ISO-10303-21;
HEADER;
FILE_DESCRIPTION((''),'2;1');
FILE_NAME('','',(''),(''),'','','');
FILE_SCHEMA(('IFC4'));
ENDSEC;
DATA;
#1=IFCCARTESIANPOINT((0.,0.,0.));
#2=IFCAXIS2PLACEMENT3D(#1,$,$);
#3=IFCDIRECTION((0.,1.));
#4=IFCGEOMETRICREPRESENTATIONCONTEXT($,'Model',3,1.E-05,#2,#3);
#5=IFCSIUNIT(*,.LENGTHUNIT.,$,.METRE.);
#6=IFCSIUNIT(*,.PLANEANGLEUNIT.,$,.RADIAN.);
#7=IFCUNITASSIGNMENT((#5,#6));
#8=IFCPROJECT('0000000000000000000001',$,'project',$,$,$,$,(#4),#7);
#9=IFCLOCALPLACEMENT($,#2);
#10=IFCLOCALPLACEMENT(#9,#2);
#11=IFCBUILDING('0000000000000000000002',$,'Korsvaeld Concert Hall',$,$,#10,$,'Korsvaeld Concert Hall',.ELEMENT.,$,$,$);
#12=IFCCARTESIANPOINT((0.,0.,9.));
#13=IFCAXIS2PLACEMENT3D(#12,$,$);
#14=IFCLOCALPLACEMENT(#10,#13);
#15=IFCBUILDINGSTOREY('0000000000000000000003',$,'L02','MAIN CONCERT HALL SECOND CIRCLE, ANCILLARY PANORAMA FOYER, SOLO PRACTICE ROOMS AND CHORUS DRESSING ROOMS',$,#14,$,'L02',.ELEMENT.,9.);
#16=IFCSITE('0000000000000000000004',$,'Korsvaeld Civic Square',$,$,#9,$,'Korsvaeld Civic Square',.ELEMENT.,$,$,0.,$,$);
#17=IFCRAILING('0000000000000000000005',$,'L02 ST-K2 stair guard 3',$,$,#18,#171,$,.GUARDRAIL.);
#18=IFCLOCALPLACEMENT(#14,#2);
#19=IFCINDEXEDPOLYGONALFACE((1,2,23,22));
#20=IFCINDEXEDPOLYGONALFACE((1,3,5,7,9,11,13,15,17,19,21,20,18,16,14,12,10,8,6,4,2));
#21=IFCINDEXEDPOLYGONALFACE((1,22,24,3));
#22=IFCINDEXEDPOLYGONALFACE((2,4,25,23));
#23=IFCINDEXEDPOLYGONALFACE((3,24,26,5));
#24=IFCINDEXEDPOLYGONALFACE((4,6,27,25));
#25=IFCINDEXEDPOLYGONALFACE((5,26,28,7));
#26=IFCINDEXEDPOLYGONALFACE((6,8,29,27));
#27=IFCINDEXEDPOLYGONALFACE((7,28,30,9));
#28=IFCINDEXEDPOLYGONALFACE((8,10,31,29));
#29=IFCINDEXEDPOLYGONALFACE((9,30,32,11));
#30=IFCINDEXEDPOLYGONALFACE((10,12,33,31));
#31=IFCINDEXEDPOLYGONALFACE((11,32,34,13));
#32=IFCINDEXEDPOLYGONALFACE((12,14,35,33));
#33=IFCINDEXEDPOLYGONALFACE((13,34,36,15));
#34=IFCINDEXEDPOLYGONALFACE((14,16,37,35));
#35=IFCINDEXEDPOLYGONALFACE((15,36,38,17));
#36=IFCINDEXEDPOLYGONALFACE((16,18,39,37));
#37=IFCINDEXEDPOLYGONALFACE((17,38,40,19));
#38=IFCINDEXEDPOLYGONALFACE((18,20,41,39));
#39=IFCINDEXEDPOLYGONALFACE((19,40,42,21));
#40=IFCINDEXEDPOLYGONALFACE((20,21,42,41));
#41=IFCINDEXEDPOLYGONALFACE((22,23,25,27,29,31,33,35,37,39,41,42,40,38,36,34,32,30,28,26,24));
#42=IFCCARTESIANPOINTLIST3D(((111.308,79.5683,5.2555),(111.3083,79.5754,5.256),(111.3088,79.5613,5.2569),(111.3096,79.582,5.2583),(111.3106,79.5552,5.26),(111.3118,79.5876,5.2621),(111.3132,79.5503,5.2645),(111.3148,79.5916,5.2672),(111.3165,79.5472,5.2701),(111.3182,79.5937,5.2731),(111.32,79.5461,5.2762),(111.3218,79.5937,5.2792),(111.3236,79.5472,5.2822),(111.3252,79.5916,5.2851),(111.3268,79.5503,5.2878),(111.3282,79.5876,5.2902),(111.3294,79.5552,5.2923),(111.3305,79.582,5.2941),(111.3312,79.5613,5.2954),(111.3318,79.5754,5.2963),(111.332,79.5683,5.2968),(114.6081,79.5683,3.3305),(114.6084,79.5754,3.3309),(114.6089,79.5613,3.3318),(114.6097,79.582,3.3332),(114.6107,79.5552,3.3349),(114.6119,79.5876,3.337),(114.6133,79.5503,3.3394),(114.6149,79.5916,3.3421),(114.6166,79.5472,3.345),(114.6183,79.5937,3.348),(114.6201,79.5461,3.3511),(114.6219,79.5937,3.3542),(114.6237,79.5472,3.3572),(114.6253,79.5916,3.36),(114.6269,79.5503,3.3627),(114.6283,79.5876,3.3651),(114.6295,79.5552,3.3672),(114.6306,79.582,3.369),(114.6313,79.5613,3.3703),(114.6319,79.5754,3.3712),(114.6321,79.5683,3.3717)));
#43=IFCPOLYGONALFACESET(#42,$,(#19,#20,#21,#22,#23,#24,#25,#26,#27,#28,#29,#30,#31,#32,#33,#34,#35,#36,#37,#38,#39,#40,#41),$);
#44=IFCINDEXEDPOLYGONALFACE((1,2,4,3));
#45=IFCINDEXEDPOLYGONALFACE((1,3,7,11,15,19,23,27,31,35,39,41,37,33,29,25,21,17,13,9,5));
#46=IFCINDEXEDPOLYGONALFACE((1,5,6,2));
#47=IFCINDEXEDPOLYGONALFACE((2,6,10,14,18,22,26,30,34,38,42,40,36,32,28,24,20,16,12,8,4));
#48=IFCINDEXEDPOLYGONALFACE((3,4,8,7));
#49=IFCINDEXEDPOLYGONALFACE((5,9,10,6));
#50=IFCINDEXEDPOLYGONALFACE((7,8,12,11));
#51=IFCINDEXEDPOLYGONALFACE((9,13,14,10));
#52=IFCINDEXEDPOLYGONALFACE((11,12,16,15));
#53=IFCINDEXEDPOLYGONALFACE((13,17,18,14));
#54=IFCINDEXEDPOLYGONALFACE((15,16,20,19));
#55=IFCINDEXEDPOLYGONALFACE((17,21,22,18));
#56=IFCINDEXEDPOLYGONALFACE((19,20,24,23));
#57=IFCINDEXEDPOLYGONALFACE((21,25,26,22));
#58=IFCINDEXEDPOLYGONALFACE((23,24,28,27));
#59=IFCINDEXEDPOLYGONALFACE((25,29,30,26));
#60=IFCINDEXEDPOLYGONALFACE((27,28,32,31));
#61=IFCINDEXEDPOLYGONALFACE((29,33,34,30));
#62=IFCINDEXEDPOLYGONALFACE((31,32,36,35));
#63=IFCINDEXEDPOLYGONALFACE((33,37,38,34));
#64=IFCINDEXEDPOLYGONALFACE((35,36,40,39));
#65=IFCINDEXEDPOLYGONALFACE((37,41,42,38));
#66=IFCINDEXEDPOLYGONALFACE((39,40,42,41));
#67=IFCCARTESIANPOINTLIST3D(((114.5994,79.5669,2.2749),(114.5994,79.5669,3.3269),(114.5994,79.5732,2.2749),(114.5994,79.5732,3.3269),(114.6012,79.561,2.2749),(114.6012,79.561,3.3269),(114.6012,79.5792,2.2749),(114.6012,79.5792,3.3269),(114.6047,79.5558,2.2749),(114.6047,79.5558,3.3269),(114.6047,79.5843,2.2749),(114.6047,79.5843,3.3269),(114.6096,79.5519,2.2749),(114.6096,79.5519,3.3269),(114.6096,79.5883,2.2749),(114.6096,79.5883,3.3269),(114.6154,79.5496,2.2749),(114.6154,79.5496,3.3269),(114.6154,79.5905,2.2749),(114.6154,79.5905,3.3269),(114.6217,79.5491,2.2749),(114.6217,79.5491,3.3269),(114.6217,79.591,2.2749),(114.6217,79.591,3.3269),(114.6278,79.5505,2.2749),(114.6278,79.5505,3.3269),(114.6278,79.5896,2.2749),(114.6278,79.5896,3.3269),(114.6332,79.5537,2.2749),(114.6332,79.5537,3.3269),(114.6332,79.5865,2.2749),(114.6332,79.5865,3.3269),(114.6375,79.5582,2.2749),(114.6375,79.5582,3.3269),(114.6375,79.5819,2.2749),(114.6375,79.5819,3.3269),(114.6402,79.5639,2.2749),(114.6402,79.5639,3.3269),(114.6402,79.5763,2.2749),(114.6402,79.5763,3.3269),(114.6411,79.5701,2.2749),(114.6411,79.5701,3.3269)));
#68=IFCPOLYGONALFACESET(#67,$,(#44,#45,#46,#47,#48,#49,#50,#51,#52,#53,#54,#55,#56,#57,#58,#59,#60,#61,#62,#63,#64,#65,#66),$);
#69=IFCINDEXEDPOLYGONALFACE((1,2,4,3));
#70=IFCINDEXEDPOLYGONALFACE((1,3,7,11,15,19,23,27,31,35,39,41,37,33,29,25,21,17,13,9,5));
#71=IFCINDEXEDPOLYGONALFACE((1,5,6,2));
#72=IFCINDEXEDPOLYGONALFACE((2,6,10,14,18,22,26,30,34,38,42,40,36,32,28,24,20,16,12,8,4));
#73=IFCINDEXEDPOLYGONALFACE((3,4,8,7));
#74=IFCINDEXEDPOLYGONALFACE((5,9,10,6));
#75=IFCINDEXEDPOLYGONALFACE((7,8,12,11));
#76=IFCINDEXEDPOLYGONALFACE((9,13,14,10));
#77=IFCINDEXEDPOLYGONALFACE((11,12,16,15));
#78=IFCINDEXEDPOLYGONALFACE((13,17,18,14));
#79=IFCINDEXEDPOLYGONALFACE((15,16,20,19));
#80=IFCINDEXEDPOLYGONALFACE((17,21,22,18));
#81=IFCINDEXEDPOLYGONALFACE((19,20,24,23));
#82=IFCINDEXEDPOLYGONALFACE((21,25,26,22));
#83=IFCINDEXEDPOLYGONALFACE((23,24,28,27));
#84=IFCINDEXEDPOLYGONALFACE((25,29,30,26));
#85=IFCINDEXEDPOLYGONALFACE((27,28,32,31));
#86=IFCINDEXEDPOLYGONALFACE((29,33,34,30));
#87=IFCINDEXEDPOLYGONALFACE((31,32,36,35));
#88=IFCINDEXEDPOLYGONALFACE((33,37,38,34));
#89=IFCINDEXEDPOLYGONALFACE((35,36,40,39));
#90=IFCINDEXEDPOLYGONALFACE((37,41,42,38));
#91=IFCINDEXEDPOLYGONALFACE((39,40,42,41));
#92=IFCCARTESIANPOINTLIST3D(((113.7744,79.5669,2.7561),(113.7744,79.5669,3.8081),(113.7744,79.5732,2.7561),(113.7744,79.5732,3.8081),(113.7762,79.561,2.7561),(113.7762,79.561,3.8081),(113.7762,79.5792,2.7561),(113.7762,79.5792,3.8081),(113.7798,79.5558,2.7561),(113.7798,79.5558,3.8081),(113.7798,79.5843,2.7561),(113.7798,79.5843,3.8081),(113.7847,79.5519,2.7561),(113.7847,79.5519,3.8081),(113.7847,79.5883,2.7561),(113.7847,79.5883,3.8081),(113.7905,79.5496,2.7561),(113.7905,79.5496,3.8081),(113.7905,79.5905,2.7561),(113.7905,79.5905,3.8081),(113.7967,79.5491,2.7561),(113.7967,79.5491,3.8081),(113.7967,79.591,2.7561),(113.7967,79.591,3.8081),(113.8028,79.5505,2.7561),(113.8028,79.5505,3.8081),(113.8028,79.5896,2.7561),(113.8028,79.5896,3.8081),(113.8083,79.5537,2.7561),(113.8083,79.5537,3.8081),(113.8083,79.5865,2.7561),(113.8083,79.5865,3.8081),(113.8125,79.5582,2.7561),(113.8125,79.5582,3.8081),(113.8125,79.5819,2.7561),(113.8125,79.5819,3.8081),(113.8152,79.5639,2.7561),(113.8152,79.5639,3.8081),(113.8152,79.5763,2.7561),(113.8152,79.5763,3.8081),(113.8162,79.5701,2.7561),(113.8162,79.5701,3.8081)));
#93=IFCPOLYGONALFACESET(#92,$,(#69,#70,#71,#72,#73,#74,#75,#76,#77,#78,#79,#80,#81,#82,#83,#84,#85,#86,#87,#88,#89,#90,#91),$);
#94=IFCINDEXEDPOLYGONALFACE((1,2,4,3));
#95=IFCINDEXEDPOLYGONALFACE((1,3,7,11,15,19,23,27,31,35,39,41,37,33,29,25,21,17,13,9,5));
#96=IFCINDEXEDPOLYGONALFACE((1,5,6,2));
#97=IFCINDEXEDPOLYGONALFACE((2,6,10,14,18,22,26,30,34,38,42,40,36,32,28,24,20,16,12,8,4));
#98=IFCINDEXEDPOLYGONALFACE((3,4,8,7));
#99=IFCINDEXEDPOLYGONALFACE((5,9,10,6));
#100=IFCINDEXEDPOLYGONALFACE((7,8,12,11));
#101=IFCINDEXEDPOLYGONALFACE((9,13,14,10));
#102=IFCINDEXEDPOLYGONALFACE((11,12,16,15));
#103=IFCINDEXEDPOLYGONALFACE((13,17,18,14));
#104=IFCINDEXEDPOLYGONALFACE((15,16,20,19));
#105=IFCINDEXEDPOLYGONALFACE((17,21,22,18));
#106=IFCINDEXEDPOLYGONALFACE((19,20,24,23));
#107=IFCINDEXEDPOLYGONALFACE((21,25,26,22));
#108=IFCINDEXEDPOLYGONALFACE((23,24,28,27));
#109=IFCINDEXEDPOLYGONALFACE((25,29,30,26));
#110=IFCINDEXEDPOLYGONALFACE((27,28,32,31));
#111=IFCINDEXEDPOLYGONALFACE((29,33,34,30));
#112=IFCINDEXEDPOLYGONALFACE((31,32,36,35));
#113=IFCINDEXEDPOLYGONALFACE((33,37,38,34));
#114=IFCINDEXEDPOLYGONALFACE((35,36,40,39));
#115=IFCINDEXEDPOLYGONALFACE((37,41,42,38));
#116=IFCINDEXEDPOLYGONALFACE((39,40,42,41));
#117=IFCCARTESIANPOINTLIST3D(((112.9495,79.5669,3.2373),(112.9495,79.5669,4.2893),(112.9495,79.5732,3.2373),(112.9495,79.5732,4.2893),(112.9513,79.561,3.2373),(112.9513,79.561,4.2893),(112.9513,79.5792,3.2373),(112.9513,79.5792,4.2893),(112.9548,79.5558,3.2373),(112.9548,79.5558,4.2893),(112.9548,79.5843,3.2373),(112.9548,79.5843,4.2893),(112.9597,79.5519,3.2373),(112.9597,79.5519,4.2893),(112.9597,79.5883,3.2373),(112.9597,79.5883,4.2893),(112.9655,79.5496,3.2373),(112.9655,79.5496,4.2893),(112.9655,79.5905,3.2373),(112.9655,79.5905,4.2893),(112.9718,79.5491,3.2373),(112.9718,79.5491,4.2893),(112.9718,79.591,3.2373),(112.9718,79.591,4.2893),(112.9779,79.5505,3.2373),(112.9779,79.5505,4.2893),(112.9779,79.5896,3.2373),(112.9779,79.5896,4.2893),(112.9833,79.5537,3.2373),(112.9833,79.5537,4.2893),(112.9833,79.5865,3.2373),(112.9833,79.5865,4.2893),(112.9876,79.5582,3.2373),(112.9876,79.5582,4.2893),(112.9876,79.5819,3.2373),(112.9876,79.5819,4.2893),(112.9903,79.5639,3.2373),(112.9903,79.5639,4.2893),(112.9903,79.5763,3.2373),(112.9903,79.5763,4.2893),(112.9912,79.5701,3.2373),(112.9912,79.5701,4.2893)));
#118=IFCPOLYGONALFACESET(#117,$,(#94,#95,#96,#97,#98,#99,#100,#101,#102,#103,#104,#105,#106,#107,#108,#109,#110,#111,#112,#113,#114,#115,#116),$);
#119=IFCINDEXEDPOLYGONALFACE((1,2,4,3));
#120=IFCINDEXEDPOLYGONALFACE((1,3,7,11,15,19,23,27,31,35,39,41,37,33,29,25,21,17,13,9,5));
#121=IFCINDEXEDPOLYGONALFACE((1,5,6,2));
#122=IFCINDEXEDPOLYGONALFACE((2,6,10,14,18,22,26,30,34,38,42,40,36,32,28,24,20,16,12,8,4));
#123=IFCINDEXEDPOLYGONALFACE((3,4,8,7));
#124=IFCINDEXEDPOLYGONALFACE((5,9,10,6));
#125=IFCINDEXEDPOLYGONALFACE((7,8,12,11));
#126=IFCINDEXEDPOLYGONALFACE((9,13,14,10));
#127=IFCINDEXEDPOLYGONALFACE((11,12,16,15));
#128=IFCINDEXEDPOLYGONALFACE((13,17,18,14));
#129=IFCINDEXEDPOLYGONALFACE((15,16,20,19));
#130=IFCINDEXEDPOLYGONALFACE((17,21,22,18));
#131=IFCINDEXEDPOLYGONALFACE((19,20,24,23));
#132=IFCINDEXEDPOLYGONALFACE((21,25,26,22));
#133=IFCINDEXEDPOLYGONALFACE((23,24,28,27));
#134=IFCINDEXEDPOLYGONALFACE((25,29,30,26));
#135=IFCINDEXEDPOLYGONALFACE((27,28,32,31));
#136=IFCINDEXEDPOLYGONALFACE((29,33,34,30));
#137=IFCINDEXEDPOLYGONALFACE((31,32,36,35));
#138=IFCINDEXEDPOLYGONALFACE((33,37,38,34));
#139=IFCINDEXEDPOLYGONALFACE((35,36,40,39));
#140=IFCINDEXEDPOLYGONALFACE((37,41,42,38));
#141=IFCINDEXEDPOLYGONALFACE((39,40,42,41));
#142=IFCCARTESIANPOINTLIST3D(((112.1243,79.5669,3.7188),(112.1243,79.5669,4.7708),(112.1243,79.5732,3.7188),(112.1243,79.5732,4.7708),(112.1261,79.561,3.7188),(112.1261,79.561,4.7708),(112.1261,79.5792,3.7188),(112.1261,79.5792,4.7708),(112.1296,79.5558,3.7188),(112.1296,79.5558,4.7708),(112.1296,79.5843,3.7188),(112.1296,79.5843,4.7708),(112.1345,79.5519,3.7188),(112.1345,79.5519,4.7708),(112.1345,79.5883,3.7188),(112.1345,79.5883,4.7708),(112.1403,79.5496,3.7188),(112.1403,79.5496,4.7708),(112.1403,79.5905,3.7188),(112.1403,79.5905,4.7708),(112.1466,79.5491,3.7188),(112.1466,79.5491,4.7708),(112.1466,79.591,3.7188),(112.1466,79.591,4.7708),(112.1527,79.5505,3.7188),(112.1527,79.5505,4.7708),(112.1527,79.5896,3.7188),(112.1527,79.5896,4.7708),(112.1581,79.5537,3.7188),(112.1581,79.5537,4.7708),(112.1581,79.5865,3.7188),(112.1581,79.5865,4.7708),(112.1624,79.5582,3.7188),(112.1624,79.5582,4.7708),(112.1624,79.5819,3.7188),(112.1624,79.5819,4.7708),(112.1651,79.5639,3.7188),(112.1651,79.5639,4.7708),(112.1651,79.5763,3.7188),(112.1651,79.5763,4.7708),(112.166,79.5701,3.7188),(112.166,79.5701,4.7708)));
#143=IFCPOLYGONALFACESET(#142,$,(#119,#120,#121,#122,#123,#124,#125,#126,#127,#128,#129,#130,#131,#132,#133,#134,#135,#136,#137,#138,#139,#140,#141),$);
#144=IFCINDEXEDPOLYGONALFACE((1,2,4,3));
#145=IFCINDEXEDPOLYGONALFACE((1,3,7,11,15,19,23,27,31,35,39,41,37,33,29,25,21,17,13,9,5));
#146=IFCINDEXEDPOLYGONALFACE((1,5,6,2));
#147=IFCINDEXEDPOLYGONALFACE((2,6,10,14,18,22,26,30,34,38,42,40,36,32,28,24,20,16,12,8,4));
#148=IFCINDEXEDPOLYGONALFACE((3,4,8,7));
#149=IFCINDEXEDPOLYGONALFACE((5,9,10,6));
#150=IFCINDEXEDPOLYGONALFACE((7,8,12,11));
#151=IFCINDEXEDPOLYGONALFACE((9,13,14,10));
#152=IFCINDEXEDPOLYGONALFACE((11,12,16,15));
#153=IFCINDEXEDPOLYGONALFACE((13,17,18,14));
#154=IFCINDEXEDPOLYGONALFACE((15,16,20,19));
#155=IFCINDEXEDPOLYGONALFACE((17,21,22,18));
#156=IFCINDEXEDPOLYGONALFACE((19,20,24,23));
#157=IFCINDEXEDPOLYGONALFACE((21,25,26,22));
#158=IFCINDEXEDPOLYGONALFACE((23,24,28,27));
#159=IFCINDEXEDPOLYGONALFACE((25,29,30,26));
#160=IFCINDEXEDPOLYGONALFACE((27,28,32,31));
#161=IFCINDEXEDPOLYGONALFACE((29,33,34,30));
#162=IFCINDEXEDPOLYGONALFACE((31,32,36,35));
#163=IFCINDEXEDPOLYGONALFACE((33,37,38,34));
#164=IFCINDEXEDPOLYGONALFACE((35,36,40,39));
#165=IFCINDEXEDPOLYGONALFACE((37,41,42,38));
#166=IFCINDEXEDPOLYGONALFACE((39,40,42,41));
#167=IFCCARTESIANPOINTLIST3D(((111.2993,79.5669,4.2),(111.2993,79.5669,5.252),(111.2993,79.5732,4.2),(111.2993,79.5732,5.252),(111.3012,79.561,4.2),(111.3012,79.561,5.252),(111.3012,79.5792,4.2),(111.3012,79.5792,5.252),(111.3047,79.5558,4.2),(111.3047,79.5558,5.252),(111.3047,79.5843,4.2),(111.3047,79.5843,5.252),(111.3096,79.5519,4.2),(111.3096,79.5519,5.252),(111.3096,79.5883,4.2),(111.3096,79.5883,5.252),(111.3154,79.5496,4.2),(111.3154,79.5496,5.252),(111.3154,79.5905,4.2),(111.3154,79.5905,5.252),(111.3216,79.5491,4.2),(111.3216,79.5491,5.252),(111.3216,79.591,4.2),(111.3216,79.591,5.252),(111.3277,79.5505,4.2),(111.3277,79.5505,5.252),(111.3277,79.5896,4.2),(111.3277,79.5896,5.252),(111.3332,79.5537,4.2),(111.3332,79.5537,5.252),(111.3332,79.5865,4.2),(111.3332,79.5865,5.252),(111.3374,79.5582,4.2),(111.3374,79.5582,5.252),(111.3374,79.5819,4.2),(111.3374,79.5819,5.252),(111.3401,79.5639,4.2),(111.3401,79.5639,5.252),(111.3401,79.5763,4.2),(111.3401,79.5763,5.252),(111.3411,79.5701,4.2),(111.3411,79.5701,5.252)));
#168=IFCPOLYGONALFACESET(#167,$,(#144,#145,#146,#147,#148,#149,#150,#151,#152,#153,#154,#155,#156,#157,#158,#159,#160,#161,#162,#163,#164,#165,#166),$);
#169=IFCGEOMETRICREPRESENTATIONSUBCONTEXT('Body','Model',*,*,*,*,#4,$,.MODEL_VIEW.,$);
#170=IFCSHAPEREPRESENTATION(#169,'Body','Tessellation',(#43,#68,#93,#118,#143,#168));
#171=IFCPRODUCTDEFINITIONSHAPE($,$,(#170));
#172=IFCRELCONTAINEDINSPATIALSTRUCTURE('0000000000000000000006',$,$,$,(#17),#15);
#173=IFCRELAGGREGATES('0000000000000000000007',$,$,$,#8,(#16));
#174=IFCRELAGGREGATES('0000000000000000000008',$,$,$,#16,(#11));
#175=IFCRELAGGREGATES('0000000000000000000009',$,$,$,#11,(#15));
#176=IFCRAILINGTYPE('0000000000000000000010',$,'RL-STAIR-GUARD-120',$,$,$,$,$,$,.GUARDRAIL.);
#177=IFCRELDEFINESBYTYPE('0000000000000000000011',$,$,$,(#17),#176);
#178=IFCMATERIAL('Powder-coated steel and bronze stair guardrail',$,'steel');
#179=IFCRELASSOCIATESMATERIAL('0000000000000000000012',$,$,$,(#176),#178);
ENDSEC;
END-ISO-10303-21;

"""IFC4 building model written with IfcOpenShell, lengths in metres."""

from ifc_helpers import new_model, si_unit, direction, frame, origin, origin_2d, place, context, subcontext, project, spatial, circle, extrude, material, type_object, element, save


model = new_model("IFC4")

# Units and contexts
model_context = context("Model", 3, precision=1e-05, world=origin(), true_north=direction((0.0, 1.0)))
body_context = subcontext(model_context, "Body", "Model", "MODEL_VIEW")
ifc_project = project(units=[si_unit("LENGTHUNIT", "METRE"), si_unit("PLANEANGLEUNIT", "RADIAN")], contexts=[model_context])

# Site, building, storey
site_placement = place(None, origin())
site = spatial("IfcSite", under=ifc_project, at=site_placement, Name="Korsvaeld Civic Square", LongName="Korsvaeld Civic Square", CompositionType="ELEMENT", RefElevation=0.0)
building_placement = place(site_placement, origin())
building = spatial("IfcBuilding", under=site, at=building_placement, Name="Korsvaeld Concert Hall", LongName="Korsvaeld Concert Hall", CompositionType="ELEMENT")
storey_placement = place(building_placement, frame((0.0, 0.0, 9.0)))
storey = spatial("IfcBuildingStorey", under=building, at=storey_placement, Name="L02", Description="MAIN CONCERT HALL SECOND CIRCLE, ANCILLARY PANORAMA FOYER, SOLO PRACTICE ROOMS AND CHORUS DRESSING ROOMS", LongName="L02", CompositionType="ELEMENT", Elevation=9.0)

# Railing
ifc_material_1 = material(Name="Powder-coated steel and bronze stair guardrail", Category="steel")
railing_type_1 = type_object("IfcRailingType", Name="RL-STAIR-GUARD-120", PredefinedType="GUARDRAIL", material=ifc_material_1)
railing_1_placement = place(storey_placement, frame((114.6201, 79.5701, 2.2749)))
element("IfcRailing", 1, at=railing_1_placement, inside=storey, type_object=railing_type_1, Name="L02 ST-K2 stair guard 3", PredefinedType="GUARDRAIL", context=body_context, shape_type="SweptSolid", body=[
    extrude(circle(Radius=0.0239, at=origin_2d()), frame((0.0, 0.0, 1.0762), z_axis=(-0.863777, 0.0, 0.503875), x_axis=(0.0, -1.0, 0.0)), (0.0, 0.0, 1.0), 3.8206),
    extrude(circle(Radius=0.021, at=origin_2d()), origin(), (0.0, 0.0, 1.0), 1.052),
    extrude(circle(Radius=0.021, at=origin_2d()), frame((-0.825, 0.0, 0.4812)), (0.0, 0.0, 1.0), 1.052),
    extrude(circle(Radius=0.021, at=origin_2d()), frame((-1.6499, 0.0, 0.9624)), (0.0, 0.0, 1.0), 1.052),
    extrude(circle(Radius=0.021, at=origin_2d()), frame((-2.4751, 0.0, 1.4438)), (0.0, 0.0, 1.0), 1.052),
    extrude(circle(Radius=0.021, at=origin_2d()), frame((-3.3, 0.0, 1.925)), (0.0, 0.0, 1.0), 1.052),
])

save(model, "model.ifc")
